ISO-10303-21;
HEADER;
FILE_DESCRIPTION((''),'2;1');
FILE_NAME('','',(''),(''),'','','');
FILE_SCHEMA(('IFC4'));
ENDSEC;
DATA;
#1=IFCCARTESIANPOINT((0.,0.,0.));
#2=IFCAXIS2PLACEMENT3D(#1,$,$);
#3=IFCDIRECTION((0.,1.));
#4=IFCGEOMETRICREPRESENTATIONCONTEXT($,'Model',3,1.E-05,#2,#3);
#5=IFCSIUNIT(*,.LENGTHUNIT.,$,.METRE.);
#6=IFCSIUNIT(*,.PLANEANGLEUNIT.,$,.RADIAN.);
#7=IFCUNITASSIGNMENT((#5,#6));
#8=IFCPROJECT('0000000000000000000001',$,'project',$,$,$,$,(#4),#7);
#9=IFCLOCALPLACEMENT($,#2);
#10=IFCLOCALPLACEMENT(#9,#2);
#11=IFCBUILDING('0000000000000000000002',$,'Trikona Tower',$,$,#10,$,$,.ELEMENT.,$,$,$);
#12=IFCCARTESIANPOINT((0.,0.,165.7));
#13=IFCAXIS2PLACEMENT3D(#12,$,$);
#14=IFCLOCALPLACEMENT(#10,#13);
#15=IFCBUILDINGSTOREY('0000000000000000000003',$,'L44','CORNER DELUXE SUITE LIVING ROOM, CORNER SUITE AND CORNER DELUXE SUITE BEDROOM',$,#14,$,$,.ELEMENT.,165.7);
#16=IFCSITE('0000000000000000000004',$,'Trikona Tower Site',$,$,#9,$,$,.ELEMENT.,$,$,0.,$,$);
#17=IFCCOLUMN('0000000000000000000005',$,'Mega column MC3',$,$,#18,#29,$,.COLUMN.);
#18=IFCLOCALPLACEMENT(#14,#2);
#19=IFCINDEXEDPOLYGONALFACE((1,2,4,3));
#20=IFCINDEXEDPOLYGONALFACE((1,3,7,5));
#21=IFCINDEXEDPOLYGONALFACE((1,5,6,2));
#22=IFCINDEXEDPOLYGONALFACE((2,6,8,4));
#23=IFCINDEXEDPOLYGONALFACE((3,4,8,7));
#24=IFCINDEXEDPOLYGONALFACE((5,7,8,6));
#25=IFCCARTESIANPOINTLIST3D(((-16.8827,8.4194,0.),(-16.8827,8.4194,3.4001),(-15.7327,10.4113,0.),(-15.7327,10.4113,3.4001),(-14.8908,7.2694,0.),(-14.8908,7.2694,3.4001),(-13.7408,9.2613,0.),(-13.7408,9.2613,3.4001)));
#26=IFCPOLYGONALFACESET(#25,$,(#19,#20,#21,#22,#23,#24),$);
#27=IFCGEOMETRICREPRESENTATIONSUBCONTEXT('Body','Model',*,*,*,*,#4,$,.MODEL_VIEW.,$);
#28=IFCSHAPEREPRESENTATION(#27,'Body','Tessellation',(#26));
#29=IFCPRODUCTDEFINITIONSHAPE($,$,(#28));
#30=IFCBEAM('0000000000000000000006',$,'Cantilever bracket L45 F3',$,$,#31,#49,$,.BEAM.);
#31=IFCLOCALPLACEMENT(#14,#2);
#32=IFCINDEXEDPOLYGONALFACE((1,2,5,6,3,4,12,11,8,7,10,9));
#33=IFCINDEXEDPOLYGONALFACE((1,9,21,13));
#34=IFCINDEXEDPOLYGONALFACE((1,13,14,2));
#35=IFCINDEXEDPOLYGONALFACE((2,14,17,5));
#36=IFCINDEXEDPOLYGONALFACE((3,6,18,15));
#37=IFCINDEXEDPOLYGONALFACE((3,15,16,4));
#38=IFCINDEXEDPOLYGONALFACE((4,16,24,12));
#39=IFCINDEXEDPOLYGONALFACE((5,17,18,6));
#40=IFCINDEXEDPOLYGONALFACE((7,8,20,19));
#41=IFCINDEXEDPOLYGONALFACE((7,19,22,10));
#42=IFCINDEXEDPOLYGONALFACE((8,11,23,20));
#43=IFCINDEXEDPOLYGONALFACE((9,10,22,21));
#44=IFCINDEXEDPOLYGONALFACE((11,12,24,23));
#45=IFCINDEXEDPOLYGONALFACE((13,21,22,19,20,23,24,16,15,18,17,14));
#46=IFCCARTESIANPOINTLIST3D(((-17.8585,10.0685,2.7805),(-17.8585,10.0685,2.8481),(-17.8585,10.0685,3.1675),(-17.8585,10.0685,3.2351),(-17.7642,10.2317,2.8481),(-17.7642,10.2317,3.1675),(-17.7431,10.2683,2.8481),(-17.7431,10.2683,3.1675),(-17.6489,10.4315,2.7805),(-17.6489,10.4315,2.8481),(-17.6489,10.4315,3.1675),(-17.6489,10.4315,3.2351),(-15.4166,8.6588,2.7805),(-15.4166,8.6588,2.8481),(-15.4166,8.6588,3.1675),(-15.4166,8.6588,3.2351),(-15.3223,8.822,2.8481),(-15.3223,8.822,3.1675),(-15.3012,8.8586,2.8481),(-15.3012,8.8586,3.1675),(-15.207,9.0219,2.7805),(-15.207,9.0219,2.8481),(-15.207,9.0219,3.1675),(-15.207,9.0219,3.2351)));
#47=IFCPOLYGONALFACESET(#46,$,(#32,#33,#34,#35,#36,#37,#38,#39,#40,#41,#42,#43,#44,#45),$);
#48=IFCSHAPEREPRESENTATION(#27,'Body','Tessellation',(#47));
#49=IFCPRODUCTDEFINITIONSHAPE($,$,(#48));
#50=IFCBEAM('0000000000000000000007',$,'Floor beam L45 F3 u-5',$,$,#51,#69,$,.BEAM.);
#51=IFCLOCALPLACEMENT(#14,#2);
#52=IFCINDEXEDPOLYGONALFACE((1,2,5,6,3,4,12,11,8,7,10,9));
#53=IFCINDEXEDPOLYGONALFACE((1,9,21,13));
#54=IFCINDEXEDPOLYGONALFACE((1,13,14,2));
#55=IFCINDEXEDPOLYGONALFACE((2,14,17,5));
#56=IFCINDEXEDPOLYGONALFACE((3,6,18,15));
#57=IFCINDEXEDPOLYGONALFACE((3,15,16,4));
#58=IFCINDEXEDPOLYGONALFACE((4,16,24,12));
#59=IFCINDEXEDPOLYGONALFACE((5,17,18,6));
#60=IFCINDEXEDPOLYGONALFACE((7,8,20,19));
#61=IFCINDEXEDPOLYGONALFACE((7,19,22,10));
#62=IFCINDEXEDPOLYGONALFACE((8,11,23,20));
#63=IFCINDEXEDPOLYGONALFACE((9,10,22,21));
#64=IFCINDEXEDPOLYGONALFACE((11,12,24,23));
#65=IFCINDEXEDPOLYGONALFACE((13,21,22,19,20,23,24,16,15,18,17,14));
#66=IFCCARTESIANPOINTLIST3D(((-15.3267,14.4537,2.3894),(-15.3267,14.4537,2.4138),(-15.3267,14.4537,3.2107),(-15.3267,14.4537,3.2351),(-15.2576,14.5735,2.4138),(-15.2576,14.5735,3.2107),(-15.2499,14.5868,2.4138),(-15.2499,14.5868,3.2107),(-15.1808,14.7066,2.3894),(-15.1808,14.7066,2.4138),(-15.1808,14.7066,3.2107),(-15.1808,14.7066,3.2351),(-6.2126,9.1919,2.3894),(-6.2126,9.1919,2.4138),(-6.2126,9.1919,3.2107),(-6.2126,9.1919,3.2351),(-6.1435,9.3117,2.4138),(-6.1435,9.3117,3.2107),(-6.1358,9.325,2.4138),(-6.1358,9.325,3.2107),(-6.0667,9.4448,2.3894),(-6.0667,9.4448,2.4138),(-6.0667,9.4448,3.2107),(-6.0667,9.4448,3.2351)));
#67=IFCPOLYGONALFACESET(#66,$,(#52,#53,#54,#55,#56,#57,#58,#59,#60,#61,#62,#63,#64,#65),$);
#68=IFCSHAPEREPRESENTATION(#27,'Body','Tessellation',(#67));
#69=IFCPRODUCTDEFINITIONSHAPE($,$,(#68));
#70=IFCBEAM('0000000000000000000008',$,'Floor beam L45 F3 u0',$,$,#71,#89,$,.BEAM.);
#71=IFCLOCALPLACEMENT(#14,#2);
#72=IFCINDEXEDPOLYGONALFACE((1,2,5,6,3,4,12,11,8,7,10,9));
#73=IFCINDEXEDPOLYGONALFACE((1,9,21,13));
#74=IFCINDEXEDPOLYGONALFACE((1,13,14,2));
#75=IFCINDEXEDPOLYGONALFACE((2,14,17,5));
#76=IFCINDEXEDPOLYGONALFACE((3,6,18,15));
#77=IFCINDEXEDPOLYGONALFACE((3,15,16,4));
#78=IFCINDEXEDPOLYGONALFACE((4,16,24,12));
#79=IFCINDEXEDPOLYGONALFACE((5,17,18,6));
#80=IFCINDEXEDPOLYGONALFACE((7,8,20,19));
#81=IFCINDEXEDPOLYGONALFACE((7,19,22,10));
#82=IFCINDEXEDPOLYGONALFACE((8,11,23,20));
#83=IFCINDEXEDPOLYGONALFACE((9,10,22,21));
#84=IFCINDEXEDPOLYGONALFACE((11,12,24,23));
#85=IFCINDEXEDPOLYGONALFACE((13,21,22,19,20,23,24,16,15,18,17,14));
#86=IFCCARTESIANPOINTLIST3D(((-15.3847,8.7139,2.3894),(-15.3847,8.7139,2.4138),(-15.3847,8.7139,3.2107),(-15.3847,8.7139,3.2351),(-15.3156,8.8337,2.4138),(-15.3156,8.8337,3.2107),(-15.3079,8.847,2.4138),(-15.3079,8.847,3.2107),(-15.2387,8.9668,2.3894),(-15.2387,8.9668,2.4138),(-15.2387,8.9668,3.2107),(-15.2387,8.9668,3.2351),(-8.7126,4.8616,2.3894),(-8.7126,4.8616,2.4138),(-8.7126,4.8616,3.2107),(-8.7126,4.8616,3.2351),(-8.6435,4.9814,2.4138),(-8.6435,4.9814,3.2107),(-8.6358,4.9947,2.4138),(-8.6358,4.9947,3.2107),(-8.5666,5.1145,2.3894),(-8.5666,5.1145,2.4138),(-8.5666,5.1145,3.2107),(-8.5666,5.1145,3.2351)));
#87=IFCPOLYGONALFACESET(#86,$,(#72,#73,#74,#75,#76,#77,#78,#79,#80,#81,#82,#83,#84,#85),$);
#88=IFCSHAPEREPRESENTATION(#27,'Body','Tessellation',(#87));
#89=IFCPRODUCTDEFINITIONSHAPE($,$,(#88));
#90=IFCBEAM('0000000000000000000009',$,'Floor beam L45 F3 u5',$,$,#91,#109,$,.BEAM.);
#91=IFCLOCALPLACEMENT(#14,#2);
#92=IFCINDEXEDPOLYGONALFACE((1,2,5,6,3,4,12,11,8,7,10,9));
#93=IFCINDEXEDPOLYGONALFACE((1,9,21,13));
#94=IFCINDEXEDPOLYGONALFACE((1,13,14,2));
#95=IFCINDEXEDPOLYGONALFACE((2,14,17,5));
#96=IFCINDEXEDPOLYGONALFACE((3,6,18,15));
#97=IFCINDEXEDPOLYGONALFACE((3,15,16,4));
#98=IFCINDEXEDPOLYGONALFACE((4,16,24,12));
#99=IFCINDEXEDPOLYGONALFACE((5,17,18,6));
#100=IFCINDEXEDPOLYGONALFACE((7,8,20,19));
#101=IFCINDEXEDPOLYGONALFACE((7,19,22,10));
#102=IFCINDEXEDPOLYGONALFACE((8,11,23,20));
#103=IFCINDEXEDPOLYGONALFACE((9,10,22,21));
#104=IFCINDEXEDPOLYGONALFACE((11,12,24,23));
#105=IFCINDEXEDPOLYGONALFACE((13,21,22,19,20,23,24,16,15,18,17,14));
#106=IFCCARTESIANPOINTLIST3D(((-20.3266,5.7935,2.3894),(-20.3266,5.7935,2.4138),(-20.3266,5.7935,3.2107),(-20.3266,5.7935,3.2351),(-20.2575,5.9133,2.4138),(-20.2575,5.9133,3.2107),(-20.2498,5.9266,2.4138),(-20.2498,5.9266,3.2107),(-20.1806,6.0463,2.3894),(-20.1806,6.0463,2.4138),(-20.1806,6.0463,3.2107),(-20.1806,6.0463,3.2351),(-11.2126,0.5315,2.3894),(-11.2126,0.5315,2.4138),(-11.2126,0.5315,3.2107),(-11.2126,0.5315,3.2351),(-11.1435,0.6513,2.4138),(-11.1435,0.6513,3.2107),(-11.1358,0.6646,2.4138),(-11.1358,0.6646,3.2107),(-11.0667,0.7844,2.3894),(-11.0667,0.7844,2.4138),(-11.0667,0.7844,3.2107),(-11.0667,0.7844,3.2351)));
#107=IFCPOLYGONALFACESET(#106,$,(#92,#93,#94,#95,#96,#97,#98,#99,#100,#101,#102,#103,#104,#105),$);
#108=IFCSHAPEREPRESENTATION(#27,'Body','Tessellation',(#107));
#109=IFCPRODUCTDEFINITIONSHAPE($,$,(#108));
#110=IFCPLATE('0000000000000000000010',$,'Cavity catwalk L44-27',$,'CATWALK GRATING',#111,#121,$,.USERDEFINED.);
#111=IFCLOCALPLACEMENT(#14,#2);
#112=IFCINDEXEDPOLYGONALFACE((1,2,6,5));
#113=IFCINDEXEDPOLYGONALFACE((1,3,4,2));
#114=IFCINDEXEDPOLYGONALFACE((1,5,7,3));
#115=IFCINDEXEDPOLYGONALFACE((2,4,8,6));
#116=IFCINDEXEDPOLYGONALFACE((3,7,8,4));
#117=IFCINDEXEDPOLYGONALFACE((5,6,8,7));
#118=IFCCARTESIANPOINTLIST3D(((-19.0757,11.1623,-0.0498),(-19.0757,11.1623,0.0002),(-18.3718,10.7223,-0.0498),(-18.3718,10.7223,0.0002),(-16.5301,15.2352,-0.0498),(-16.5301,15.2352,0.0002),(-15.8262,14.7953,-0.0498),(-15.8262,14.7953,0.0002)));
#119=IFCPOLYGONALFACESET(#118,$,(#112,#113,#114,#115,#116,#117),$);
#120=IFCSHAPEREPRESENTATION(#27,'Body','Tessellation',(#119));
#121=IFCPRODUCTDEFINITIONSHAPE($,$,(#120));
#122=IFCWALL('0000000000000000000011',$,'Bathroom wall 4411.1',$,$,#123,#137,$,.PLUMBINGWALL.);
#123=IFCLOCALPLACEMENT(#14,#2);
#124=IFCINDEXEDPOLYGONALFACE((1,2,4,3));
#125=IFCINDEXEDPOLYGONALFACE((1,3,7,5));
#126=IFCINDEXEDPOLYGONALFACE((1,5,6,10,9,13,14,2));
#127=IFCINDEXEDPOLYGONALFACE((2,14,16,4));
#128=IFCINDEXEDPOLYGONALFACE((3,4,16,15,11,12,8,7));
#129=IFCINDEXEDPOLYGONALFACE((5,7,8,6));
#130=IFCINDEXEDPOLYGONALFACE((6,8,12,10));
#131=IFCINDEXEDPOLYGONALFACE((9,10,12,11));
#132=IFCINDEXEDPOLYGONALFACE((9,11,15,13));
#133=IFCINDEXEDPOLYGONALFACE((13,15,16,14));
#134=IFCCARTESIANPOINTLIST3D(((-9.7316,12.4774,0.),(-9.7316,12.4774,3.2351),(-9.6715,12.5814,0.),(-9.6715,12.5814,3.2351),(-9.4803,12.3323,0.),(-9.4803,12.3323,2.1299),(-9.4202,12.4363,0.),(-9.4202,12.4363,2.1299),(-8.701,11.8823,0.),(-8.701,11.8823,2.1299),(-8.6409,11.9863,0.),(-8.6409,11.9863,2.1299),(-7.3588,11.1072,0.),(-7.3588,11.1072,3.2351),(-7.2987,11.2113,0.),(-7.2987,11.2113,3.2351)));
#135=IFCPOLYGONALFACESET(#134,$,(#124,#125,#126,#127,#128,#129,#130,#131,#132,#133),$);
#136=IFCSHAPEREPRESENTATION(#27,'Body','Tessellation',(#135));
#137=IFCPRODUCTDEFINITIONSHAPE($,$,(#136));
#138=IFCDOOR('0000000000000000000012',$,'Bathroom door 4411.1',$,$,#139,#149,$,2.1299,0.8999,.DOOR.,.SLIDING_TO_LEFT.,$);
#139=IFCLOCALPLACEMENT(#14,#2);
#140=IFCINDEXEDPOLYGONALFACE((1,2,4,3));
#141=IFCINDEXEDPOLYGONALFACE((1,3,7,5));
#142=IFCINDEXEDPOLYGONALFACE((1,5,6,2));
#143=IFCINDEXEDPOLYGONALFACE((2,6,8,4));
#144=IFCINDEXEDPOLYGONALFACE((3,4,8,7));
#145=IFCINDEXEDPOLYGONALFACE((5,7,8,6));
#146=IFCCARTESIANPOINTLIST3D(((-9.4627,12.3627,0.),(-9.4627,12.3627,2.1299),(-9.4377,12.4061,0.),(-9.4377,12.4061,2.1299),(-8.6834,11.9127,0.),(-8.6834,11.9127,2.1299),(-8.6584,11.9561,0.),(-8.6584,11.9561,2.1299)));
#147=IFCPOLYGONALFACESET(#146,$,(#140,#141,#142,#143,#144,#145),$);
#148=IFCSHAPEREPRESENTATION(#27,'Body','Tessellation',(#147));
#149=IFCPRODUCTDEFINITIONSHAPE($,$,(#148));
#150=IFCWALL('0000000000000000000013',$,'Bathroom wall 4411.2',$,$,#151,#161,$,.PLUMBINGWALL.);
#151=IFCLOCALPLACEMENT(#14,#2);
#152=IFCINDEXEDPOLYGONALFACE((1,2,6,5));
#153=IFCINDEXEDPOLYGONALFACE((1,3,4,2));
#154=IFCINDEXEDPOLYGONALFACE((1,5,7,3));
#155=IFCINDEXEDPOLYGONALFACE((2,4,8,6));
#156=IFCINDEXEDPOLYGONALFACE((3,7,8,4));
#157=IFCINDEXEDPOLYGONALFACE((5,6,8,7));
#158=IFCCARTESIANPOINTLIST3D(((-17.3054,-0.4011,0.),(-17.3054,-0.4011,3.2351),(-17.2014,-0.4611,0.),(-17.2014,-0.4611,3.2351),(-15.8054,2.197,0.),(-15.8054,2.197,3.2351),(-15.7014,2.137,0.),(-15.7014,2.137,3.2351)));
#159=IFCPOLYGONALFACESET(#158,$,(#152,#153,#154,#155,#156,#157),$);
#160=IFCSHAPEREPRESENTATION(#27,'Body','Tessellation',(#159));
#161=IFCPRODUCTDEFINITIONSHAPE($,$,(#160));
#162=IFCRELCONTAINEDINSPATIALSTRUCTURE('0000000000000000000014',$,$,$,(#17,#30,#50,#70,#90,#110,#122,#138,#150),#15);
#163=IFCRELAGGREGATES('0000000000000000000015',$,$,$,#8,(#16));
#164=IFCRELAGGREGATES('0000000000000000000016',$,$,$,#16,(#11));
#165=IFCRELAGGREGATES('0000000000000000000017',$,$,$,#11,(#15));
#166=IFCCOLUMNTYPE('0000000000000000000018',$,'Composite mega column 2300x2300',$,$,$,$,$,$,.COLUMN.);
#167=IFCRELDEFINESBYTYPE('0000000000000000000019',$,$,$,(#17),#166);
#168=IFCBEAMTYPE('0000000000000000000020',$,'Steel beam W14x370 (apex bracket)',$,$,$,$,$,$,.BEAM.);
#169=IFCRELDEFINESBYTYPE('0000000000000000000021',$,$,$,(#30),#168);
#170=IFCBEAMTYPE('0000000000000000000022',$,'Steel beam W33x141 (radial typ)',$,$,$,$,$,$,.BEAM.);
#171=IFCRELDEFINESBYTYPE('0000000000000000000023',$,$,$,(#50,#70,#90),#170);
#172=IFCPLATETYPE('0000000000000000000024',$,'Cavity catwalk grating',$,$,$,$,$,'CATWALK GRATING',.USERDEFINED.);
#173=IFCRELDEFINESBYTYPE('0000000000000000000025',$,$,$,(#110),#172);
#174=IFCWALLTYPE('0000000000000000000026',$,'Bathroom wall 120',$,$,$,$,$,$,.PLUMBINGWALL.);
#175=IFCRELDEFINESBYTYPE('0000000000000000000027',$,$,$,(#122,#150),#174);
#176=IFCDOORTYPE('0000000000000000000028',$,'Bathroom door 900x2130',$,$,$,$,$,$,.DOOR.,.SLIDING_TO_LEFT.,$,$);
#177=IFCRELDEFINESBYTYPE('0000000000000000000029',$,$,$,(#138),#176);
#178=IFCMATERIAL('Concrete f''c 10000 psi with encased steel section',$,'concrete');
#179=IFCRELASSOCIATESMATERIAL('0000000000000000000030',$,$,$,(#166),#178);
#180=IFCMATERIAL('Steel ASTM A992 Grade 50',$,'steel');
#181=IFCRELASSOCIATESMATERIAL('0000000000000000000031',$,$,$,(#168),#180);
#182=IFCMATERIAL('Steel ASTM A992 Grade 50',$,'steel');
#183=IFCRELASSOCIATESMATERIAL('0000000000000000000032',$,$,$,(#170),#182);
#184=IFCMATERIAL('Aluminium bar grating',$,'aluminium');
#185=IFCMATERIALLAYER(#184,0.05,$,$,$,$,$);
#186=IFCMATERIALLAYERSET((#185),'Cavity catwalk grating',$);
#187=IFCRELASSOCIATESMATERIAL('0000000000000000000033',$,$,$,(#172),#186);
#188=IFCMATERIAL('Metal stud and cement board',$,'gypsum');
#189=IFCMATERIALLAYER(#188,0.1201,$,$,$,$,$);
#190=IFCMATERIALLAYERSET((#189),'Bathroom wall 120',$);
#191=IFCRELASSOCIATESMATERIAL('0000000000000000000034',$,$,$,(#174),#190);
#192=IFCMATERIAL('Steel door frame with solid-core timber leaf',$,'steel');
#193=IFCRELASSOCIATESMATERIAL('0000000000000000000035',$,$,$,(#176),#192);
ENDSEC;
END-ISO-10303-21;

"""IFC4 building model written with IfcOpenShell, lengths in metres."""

from ifc_helpers import new_model, si_unit, direction, frame, frame_2d, origin, origin_2d, place, context, subcontext, project, spatial, rectangle, i_section, extrude, material, layer, layer_set, material_profile, profile_set, type_object, element, fill, save


model = new_model("IFC4")

# Units and contexts
model_context = context("Model", 3, precision=1e-05, world=origin(), true_north=direction((0.0, 1.0)))
body_context = subcontext(model_context, "Body", "Model", "MODEL_VIEW")
ifc_project = project(units=[si_unit("LENGTHUNIT", "METRE"), si_unit("PLANEANGLEUNIT", "RADIAN")], contexts=[model_context])

# Site, building, storey
site_placement = place(None, origin())
site = spatial("IfcSite", under=ifc_project, at=site_placement, Name="Trikona Tower Site", CompositionType="ELEMENT", RefElevation=0.0)
building_placement = place(site_placement, origin())
building = spatial("IfcBuilding", under=site, at=building_placement, Name="Trikona Tower", CompositionType="ELEMENT")
storey_placement = place(building_placement, frame((0.0, 0.0, 165.7)))
storey = spatial("IfcBuildingStorey", under=building, at=storey_placement, Name="L44", Description="CORNER DELUXE SUITE LIVING ROOM, CORNER SUITE AND CORNER DELUXE SUITE BEDROOM", CompositionType="ELEMENT", Elevation=165.7)

# Column
ifc_material_1 = material(Name="Concrete f'c 10000 psi with encased steel section", Category="concrete")
ifc_material_profile_1 = material_profile(ifc_material_1, rectangle(XDim=2.3, YDim=2.3, at=origin_2d()), Name="MC2300")
ifc_profile_set_1 = profile_set([ifc_material_profile_1], Name="Concrete f'c 10000 psi with encased steel section")
column_type = type_object("IfcColumnType", Name="Composite mega column 2300x2300", PredefinedType="COLUMN", material=ifc_profile_set_1)
column_placement = place(storey_placement, frame((-15.3118, 8.8403, 0.0), z_axis=(0.0, 0.0, 1.0), x_axis=(-0.866025, 0.5, 0.0)))
element("IfcColumn", 1, at=column_placement, inside=storey, type_object=column_type, Name="Mega column MC3", PredefinedType="COLUMN", context=body_context, shape_type="SweptSolid", body=[
    extrude(rectangle(XDim=2.3, YDim=2.3, at=origin_2d()), origin(), (0.0, 0.0, 1.0), 3.4001),
])

# Beams
ifc_material_2 = material(Name="Steel ASTM A992 Grade 50", Category="steel")
ifc_material_profile_2 = material_profile(ifc_material_2, i_section(OverallWidth=0.4192, OverallDepth=0.4546, WebThickness=0.0422, FlangeThickness=0.0676, at=origin_2d()), Name="W14X370")
ifc_profile_set_2 = profile_set([ifc_material_profile_2], Name="Steel ASTM A992 Grade 50")
beam_type_1 = type_object("IfcBeamType", Name="Steel beam W14x370 (apex bracket)", PredefinedType="BEAM", material=ifc_profile_set_2)
beam_1_placement = place(storey_placement, frame((-15.3118, 8.8403, 3.0078), z_axis=(-0.86605, 0.499957, 0.0), x_axis=(-0.499957, -0.86605, 0.0)))
element("IfcBeam", 2, at=beam_1_placement, inside=storey, type_object=beam_type_1, Name="Cantilever bracket L45 F3", PredefinedType="BEAM", context=body_context, shape_type="SweptSolid", body=[
    extrude(i_section(OverallWidth=0.4192, OverallDepth=0.4546, WebThickness=0.0422, FlangeThickness=0.0676, at=origin_2d()), origin(), (0.0, 0.0, 1.0), 2.8196),
])
ifc_material_3 = material(Name="Steel ASTM A992 Grade 50", Category="steel")
ifc_material_profile_3 = material_profile(ifc_material_3, i_section(OverallWidth=0.292, OverallDepth=0.8457, WebThickness=0.0154, FlangeThickness=0.0244, at=origin_2d()), Name="W33X141")
ifc_profile_set_3 = profile_set([ifc_material_profile_3], Name="Steel ASTM A992 Grade 50")
beam_type_2 = type_object("IfcBeamType", Name="Steel beam W33x141 (radial typ)", PredefinedType="BEAM", material=ifc_profile_set_3)
beam_2_placement = place(storey_placement, frame((-6.1396, 9.3184, 2.8123), z_axis=(-0.866036, 0.499982, 0.0), x_axis=(-0.499982, -0.866036, 0.0)))
element("IfcBeam", 3, at=beam_2_placement, inside=storey, type_object=beam_type_2, Name="Floor beam L45 F3 u-5", PredefinedType="BEAM", context=body_context, shape_type="SweptSolid", body=[
    extrude(i_section(OverallWidth=0.292, OverallDepth=0.8457, WebThickness=0.0154, FlangeThickness=0.0244, at=origin_2d()), origin(), (0.0, 0.0, 1.0), 10.5239),
])
beam_3_placement = place(storey_placement, frame((-8.6396, 4.988, 2.8123), z_axis=(-0.866017, 0.500014, 0.0), x_axis=(-0.500014, -0.866017, 0.0)))
element("IfcBeam", 4, at=beam_3_placement, inside=storey, type_object=beam_type_2, Name="Floor beam L45 F3 u0", PredefinedType="BEAM", context=body_context, shape_type="SweptSolid", body=[
    extrude(i_section(OverallWidth=0.292, OverallDepth=0.8457, WebThickness=0.0154, FlangeThickness=0.0244, at=origin_2d()), origin(), (0.0, 0.0, 1.0), 7.7043),
])
beam_4_placement = place(storey_placement, frame((-11.1396, 0.658, 2.8123), z_axis=(-0.866026, 0.499999, 0.0), x_axis=(-0.499999, -0.866026, 0.0)))
element("IfcBeam", 5, at=beam_4_placement, inside=storey, type_object=beam_type_2, Name="Floor beam L45 F3 u5", PredefinedType="BEAM", context=body_context, shape_type="SweptSolid", body=[
    extrude(i_section(OverallWidth=0.292, OverallDepth=0.8457, WebThickness=0.0154, FlangeThickness=0.0244, at=origin_2d()), origin(), (0.0, 0.0, 1.0), 10.5239),
])

# Plate
ifc_material_4 = material(Name="Aluminium bar grating", Category="aluminium")
ifc_layer_1 = layer(ifc_material_4, 0.05)
ifc_layer_set_1 = layer_set([ifc_layer_1], Name="Cavity catwalk grating")
plate_type = type_object("IfcPlateType", Name="Cavity catwalk grating", ElementType="CATWALK GRATING", PredefinedType="USERDEFINED", material=ifc_layer_set_1)
plate_placement = place(storey_placement, frame((-17.4509, 12.9788, -0.0498), z_axis=(0.0, 0.0, 1.0), x_axis=(-0.529995, -0.848001, 0.0)))
element("IfcPlate", 6, at=plate_placement, inside=storey, type_object=plate_type, Name="Cavity catwalk L44-27", ObjectType="CATWALK GRATING", PredefinedType="USERDEFINED", context=body_context, shape_type="SweptSolid", body=[
    extrude(rectangle(XDim=4.803, YDim=0.8301, at=origin_2d()), origin(), (0.0, 0.0, 1.0), 0.05),
])

# Wall, opening, door
ifc_material_5 = material(Name="Metal stud and cement board", Category="gypsum")
ifc_layer_2 = layer(ifc_material_5, 0.1201)
ifc_layer_set_2 = layer_set([ifc_layer_2], Name="Bathroom wall 120")
wall_type_1 = type_object("IfcWallType", Name="Bathroom wall 120", PredefinedType="PLUMBINGWALL", material=ifc_layer_set_2)
wall_1_placement = place(storey_placement, frame((-7.3286, 11.1592, 0.0), z_axis=(0.0, 0.0, 1.0), x_axis=(-0.865997, 0.500049, 0.0)))
wall_1 = element("IfcWall", 7, at=wall_1_placement, inside=storey, type_object=wall_type_1, Name="Bathroom wall 4411.1", PredefinedType="PLUMBINGWALL", context=body_context, shape_type="SweptSolid", body=[
    extrude(rectangle(XDim=2.74, YDim=0.1201, at=frame_2d((1.3701, 0.0))), origin(), (0.0, 0.0, 1.0), 3.2351),
])
opening_1_placement = place(wall_1_placement, frame((1.55, 0.0, 0.0)))
opening_1 = element("IfcOpeningElement", 8, at=opening_1_placement, cuts=wall_1, PredefinedType="OPENING", context=body_context, shape_type="SweptSolid", body=[
    extrude(rectangle(XDim=0.8999, YDim=2.1299, at=frame_2d((0.45, 1.0649))), frame((0.0, 0.0701, 0.0), z_axis=(0.0, -1.0, 0.0), x_axis=(1.0, 0.0, 0.0)), (0.0, 0.0, 1.0), 0.1401),
])
ifc_material_6 = material(Name="Steel door frame with solid-core timber leaf", Category="steel")
door_type_1 = type_object("IfcDoorType", Name="Bathroom door 900x2130", OperationType="SLIDING_TO_LEFT", PredefinedType="DOOR", material=ifc_material_6)
door_1_placement = place(opening_1_placement, origin())
door_1 = element("IfcDoor", 9, at=door_1_placement, inside=storey, type_object=door_type_1, Name="Bathroom door 4411.1", OperationType="SLIDING_TO_LEFT", OverallHeight=2.1299, OverallWidth=0.8999, PredefinedType="DOOR", context=body_context, shape_type="SweptSolid", body=[
    extrude(rectangle(XDim=0.8999, YDim=2.1299, at=frame_2d((0.45, 1.0649))), frame((0.0, 0.0249, 0.0), z_axis=(0.0, -1.0, 0.0), x_axis=(1.0, 0.0, 0.0)), (0.0, 0.0, 1.0), 0.05),
])
fill(opening_1, door_1)

# Wall
wall_2_placement = place(storey_placement, frame((-15.7534, 2.167, 0.0), z_axis=(0.0, 0.0, 1.0), x_axis=(-0.49999, -0.866031, 0.0)))
element("IfcWall", 10, at=wall_2_placement, inside=storey, type_object=wall_type_1, Name="Bathroom wall 4411.2", PredefinedType="PLUMBINGWALL", context=body_context, shape_type="SweptSolid", body=[
    extrude(rectangle(XDim=3.0, YDim=0.1201, at=frame_2d((1.5, 0.0))), origin(), (0.0, 0.0, 1.0), 3.2351),
])

save(model, "model.ifc")
